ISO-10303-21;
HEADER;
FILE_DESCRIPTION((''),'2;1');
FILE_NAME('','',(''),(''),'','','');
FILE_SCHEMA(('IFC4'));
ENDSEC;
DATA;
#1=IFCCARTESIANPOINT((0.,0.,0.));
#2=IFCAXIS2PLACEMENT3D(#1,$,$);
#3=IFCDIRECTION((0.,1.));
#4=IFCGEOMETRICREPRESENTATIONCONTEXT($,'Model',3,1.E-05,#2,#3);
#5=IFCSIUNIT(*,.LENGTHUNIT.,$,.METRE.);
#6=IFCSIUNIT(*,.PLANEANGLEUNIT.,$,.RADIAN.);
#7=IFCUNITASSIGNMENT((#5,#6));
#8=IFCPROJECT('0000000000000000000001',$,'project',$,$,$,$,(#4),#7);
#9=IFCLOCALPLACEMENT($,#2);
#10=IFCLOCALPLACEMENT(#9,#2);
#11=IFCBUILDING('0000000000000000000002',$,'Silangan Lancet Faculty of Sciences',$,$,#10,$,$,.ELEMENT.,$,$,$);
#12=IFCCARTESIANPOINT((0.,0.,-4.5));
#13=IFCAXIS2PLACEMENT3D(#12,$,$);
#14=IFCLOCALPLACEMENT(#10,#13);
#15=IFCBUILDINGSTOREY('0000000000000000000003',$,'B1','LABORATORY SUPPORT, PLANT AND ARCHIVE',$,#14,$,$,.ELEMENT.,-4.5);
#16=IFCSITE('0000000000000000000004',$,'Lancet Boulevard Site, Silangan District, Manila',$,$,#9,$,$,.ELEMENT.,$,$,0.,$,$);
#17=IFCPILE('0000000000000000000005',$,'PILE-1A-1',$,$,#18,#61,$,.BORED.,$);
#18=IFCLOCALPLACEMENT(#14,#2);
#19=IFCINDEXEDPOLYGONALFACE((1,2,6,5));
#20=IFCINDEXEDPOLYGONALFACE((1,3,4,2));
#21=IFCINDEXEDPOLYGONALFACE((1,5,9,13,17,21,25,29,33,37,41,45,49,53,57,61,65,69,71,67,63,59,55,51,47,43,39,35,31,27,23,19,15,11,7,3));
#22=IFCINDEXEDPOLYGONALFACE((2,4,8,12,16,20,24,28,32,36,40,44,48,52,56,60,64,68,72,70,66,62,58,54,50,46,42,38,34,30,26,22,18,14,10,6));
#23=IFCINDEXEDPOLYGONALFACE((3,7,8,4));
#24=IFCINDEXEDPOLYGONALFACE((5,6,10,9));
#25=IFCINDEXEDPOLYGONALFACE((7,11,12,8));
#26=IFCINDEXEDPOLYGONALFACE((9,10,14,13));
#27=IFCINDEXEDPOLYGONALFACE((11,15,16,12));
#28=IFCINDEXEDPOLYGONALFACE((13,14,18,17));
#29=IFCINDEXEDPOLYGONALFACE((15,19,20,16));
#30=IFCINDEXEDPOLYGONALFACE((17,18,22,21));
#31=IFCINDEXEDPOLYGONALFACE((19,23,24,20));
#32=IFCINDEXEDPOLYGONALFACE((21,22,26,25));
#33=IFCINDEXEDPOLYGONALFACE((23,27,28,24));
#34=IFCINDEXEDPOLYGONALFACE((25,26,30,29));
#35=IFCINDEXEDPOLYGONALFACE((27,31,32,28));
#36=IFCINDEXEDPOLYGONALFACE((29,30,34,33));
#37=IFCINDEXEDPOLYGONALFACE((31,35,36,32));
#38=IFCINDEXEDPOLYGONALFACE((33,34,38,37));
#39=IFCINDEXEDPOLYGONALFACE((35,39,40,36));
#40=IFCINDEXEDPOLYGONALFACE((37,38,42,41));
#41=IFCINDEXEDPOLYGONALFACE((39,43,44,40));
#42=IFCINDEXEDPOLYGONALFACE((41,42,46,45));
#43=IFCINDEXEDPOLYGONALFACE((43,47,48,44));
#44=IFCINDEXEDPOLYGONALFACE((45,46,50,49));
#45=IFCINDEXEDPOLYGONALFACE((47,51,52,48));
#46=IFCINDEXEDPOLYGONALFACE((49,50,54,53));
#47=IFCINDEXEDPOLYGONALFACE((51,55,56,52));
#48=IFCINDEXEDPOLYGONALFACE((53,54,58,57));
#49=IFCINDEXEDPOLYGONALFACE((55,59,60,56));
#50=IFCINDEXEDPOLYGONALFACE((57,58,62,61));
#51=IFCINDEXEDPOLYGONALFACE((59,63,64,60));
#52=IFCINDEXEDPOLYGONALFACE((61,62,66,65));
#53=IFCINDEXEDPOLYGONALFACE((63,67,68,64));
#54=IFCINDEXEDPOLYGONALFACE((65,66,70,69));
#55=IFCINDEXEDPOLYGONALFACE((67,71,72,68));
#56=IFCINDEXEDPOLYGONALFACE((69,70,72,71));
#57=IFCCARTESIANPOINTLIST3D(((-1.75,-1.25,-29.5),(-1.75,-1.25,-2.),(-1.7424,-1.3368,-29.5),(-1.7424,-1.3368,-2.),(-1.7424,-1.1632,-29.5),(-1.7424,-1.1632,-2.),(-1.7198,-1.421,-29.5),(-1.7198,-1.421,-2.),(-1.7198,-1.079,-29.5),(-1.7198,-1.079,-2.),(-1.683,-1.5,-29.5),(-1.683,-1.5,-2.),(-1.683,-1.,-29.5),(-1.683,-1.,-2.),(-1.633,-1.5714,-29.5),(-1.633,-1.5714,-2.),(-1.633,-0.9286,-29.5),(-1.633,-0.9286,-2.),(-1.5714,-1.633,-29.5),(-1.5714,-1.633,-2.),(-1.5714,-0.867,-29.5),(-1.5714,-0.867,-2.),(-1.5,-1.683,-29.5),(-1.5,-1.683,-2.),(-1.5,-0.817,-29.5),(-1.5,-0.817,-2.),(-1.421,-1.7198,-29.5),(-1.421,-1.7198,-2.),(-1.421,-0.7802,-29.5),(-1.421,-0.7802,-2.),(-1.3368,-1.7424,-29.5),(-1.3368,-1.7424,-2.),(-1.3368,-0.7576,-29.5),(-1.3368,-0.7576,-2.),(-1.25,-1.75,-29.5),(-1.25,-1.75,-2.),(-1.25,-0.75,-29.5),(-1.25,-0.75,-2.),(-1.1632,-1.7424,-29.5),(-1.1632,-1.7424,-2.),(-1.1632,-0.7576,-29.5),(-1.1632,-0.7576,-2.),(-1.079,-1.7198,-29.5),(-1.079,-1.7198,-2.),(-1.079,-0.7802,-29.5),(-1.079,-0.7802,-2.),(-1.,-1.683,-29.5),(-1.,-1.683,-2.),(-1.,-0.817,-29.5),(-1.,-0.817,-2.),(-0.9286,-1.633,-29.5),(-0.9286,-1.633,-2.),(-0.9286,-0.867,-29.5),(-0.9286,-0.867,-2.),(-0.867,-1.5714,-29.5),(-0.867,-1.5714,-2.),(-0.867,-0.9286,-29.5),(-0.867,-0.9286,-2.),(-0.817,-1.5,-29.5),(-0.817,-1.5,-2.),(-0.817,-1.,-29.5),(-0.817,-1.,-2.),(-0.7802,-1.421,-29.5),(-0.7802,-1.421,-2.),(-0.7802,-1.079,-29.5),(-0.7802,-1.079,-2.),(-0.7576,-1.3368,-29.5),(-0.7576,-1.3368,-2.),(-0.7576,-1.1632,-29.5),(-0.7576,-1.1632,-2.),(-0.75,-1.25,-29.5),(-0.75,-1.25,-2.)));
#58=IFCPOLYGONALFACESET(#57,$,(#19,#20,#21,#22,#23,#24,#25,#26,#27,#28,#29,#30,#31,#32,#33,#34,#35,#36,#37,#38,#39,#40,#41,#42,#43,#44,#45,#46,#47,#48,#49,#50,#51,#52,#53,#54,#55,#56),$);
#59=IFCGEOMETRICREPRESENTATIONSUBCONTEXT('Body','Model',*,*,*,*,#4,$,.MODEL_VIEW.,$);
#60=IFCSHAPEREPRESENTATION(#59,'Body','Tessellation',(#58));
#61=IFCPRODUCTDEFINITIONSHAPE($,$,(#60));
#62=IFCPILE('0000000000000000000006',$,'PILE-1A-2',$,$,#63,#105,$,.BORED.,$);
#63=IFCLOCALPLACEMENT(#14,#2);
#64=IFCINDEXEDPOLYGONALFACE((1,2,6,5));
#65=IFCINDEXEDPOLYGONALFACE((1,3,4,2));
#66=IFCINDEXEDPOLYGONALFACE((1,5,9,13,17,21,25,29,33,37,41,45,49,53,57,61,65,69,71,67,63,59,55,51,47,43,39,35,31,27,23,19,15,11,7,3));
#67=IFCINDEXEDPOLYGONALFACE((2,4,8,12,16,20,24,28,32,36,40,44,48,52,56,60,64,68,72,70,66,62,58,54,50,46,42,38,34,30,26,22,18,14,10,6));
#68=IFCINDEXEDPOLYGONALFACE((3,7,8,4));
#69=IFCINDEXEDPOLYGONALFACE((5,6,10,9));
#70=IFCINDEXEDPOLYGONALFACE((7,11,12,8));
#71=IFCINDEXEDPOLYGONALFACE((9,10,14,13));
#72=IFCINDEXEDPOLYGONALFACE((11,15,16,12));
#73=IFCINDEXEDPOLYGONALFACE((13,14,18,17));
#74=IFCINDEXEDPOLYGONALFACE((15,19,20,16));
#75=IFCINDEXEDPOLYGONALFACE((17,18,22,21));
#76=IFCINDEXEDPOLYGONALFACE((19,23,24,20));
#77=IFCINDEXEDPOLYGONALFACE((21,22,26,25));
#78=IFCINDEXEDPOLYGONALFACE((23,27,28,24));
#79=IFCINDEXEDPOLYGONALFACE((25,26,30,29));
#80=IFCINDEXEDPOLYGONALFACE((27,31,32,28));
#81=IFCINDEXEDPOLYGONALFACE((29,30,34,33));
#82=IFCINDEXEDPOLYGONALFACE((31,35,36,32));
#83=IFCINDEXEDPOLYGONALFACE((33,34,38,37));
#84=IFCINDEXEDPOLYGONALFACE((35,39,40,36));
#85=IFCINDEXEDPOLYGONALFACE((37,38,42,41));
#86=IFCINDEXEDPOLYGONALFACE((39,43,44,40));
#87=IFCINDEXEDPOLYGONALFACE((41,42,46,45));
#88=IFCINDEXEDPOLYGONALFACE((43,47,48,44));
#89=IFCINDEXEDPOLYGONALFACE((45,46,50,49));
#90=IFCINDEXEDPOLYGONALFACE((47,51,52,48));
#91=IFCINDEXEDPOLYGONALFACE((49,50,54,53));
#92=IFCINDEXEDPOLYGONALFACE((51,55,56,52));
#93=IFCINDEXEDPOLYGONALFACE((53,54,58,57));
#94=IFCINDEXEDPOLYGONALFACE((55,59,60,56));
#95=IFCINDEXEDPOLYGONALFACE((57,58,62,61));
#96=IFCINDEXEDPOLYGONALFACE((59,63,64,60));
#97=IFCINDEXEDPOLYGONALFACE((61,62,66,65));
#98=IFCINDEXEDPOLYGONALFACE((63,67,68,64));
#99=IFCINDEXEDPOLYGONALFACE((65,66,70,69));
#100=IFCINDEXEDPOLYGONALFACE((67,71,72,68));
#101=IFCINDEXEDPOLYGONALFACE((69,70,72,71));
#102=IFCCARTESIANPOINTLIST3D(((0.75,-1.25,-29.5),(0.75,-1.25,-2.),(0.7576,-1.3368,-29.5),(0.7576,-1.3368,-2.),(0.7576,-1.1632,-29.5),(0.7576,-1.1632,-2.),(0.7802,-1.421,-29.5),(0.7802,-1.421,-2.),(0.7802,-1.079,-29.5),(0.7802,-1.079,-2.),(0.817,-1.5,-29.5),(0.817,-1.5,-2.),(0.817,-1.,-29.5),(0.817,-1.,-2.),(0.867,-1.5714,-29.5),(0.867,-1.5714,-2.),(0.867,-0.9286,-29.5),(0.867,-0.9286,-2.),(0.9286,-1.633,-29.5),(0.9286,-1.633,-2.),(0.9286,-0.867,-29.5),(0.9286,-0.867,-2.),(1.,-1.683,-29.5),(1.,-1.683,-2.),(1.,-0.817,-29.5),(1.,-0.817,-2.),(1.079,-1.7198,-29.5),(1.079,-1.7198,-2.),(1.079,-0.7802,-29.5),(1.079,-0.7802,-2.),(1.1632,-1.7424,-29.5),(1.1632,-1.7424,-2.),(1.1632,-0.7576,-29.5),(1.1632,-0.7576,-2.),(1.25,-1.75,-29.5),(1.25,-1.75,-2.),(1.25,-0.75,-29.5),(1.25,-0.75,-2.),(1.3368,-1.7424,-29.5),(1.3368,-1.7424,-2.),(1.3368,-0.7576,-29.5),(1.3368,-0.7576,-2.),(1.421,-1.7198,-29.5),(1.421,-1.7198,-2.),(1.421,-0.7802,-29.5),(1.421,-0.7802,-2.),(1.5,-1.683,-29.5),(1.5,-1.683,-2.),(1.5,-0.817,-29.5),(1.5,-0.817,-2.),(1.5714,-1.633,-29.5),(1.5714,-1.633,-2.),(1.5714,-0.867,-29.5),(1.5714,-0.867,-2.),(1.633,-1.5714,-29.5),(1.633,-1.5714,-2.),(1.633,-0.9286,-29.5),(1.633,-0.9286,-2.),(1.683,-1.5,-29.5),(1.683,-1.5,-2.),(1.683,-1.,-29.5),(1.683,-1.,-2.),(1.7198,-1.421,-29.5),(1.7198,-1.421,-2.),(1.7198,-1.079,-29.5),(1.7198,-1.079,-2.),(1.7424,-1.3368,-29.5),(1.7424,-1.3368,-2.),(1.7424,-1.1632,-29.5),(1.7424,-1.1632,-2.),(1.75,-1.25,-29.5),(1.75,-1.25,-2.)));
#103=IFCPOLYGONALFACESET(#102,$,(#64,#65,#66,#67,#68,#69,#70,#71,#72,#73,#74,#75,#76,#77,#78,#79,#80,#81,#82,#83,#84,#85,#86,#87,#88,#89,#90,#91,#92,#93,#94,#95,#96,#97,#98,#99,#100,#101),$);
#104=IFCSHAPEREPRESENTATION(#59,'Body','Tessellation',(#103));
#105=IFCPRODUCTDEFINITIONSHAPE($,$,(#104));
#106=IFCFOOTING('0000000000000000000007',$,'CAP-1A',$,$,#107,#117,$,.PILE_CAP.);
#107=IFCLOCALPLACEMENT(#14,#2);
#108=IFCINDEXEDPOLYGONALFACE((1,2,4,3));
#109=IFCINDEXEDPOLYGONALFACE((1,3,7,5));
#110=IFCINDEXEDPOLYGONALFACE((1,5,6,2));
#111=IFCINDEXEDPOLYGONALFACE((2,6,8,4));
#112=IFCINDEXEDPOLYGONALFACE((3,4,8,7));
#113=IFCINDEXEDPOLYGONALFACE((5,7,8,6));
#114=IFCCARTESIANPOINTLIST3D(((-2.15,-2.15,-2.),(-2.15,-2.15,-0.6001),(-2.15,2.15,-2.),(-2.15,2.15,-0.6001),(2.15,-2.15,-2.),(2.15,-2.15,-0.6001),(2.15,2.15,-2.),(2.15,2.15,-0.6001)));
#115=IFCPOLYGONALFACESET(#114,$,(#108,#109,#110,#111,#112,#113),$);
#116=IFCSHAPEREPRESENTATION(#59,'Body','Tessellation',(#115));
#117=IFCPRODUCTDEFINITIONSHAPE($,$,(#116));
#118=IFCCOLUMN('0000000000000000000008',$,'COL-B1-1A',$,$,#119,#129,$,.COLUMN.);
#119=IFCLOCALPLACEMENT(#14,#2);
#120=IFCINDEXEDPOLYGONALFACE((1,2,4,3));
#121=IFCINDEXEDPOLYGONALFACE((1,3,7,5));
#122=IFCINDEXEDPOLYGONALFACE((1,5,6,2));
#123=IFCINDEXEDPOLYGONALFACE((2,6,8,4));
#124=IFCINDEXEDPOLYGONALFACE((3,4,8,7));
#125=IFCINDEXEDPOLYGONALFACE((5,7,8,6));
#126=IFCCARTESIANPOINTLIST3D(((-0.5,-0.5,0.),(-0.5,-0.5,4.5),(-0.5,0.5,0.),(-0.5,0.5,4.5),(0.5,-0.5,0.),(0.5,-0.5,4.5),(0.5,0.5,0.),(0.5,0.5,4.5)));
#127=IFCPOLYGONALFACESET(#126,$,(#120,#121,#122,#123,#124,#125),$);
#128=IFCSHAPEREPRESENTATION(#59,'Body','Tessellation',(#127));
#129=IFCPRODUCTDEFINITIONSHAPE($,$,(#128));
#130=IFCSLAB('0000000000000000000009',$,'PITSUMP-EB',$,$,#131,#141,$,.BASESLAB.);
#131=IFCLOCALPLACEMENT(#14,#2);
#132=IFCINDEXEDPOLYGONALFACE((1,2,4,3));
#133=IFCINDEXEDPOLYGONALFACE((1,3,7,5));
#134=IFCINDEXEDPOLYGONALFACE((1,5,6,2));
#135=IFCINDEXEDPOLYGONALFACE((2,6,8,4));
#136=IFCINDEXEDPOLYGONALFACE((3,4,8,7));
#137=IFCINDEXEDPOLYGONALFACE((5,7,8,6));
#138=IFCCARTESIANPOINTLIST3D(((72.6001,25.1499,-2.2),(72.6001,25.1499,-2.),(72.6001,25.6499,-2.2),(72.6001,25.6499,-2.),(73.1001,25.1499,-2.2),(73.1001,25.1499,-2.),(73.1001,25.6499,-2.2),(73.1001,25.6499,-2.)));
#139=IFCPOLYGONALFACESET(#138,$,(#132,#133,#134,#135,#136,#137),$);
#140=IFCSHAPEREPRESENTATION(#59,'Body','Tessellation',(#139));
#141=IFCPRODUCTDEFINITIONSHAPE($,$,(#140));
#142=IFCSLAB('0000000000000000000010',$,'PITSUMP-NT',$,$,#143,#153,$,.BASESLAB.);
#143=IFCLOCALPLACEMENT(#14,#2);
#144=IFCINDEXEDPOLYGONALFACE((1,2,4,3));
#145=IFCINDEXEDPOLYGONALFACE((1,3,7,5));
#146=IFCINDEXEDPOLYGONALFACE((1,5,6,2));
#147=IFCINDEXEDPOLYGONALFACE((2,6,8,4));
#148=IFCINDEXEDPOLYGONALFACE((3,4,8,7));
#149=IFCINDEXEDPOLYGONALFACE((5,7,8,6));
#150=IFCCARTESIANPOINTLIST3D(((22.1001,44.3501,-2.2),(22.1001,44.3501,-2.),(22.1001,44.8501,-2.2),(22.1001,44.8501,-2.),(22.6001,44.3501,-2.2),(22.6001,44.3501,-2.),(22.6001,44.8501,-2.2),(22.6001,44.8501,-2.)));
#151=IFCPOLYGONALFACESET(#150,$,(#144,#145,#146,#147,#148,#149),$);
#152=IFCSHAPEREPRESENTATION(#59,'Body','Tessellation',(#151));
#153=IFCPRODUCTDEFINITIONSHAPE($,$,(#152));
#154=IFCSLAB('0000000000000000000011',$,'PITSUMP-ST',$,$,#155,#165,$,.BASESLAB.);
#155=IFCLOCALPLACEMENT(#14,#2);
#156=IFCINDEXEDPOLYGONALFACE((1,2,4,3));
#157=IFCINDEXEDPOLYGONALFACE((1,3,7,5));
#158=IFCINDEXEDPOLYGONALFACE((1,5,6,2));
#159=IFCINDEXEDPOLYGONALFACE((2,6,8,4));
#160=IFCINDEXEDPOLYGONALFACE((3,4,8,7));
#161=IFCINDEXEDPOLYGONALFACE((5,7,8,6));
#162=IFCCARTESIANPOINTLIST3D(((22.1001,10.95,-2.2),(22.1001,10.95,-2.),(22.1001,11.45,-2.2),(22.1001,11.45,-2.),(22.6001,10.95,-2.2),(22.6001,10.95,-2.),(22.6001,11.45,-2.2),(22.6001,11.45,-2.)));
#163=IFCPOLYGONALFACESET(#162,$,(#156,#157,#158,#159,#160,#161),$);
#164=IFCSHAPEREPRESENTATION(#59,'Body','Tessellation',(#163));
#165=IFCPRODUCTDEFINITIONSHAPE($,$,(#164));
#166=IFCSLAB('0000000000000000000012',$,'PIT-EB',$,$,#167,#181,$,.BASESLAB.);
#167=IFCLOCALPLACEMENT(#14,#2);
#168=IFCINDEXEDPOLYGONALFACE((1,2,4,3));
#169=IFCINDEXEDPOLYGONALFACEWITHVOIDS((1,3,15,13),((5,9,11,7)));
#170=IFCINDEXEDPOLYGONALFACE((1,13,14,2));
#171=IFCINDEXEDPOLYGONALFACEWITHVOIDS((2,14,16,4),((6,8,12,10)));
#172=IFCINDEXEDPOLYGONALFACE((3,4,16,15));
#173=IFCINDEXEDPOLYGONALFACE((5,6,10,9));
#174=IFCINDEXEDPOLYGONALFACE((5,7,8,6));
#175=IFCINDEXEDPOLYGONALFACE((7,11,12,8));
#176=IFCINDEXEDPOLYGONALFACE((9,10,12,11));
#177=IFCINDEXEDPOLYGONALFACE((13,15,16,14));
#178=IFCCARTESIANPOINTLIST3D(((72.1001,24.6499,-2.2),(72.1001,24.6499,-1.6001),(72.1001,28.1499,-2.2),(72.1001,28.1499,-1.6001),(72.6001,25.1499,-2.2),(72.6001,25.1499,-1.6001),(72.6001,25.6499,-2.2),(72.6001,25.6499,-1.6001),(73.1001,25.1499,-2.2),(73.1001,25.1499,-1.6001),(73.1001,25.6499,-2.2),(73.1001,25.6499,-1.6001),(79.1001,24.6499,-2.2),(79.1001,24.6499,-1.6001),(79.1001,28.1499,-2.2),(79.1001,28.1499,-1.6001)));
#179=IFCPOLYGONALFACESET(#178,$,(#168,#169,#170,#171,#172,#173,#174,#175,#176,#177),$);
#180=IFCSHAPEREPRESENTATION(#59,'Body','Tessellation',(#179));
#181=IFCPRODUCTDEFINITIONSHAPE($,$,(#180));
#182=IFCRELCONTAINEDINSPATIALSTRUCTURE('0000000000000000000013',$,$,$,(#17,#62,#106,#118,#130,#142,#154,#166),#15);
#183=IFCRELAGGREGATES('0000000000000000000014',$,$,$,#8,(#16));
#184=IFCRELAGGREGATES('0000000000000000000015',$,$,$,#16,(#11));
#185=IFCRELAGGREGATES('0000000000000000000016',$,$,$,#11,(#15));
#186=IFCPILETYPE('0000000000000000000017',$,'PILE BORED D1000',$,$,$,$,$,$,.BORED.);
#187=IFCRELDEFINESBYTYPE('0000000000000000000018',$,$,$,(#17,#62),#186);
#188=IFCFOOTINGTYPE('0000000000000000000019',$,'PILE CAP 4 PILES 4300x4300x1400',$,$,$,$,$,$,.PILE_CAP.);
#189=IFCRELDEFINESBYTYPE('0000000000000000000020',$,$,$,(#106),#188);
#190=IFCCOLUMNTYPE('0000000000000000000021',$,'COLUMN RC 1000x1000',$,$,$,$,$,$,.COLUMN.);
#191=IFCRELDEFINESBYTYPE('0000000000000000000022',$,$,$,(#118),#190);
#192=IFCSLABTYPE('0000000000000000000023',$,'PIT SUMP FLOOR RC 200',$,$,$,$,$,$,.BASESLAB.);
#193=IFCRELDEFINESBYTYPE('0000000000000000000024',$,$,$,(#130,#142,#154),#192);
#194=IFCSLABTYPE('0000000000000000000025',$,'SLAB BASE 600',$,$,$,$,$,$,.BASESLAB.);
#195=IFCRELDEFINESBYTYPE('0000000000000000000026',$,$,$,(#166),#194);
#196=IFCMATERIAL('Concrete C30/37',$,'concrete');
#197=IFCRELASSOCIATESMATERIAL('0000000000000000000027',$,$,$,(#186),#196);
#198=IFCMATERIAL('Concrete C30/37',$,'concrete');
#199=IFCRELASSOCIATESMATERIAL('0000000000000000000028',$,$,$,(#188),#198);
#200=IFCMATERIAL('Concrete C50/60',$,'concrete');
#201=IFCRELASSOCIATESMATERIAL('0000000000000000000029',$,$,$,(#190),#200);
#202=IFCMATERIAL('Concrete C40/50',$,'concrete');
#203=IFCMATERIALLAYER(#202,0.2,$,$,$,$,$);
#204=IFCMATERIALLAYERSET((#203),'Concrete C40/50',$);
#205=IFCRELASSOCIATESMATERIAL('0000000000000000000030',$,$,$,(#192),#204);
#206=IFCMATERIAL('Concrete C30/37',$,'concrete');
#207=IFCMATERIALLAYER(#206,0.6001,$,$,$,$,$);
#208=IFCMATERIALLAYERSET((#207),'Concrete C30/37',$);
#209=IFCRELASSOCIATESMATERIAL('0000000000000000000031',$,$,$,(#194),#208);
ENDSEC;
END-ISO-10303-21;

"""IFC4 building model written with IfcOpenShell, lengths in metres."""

from ifc_helpers import new_model, si_unit, direction, frame, origin, origin_with_axes, origin_2d, place, context, subcontext, project, spatial, polyline, rectangle, circle, outline, extrude, material, layer, layer_set, material_profile, profile_set, type_object, element, save


model = new_model("IFC4")

# Units and contexts
model_context = context("Model", 3, precision=1e-05, world=origin(), true_north=direction((0.0, 1.0)))
body_context = subcontext(model_context, "Body", "Model", "MODEL_VIEW")
ifc_project = project(units=[si_unit("LENGTHUNIT", "METRE"), si_unit("PLANEANGLEUNIT", "RADIAN")], contexts=[model_context])

# Site, building, storey
site_placement = place(None, origin())
site = spatial("IfcSite", under=ifc_project, at=site_placement, Name="Lancet Boulevard Site, Silangan District, Manila", CompositionType="ELEMENT", RefElevation=0.0)
building_placement = place(site_placement, origin())
building = spatial("IfcBuilding", under=site, at=building_placement, Name="Silangan Lancet Faculty of Sciences", CompositionType="ELEMENT")
storey_placement = place(building_placement, frame((0.0, 0.0, -4.5)))
storey = spatial("IfcBuildingStorey", under=building, at=storey_placement, Name="B1", Description="LABORATORY SUPPORT, PLANT AND ARCHIVE", CompositionType="ELEMENT", Elevation=-4.5)

# Piles
ifc_material_1 = material(Name="Concrete C30/37", Category="concrete")
ifc_material_profile_1 = material_profile(ifc_material_1, circle(Radius=0.5, at=origin_2d()), Name="BORED PILE D1000")
ifc_profile_set_1 = profile_set([ifc_material_profile_1], Name="Concrete C30/37")
pile_type = type_object("IfcPileType", Name="PILE BORED D1000", PredefinedType="BORED", material=ifc_profile_set_1)
for number, where, z_axis, x_axis, name in (
    (1, (-1.25, -1.25, -2.0), (0.0, 0.0, -1.0), (1.0, 0.0, 0.0), "PILE-1A-1"),
    (2, (1.25, -1.25, -2.0), (0.0, 0.0, -1.0), (1.0, 0.0, 0.0), "PILE-1A-2"),
):
    element("IfcPile", number, at=place(storey_placement, frame(where, z_axis=z_axis, x_axis=x_axis)), inside=storey, type_object=pile_type, Name=name, PredefinedType="BORED", context=body_context, shape_type="SweptSolid", body=[
        extrude(circle(Radius=0.5, at=origin_2d()), origin(), (0.0, 0.0, 1.0), 27.5),
    ])

# Footing
ifc_material_2 = material(Name="Concrete C30/37", Category="concrete")
footing_type = type_object("IfcFootingType", Name="PILE CAP 4 PILES 4300x4300x1400", PredefinedType="PILE_CAP", material=ifc_material_2)
footing_placement = place(storey_placement, frame((0.0, 0.0, -2.0), z_axis=(0.0, 0.0, 1.0), x_axis=(1.0, 0.0, 0.0)))
element("IfcFooting", 3, at=footing_placement, inside=storey, type_object=footing_type, Name="CAP-1A", PredefinedType="PILE_CAP", context=body_context, shape_type="SweptSolid", body=[
    extrude(rectangle(XDim=4.3, YDim=4.3, at=origin_2d()), origin(), (0.0, 0.0, 1.0), 1.3999),
])

# Column
ifc_material_3 = material(Name="Concrete C50/60", Category="concrete")
ifc_material_profile_2 = material_profile(ifc_material_3, rectangle(XDim=1.0, YDim=1.0, at=origin_2d()), Name="RC 1000x1000")
ifc_profile_set_2 = profile_set([ifc_material_profile_2], Name="Concrete C50/60")
column_type = type_object("IfcColumnType", Name="COLUMN RC 1000x1000", PredefinedType="COLUMN", material=ifc_profile_set_2)
column_placement = place(storey_placement, origin_with_axes())
element("IfcColumn", 4, at=column_placement, inside=storey, type_object=column_type, Name="COL-B1-1A", PredefinedType="COLUMN", context=body_context, shape_type="SweptSolid", body=[
    extrude(rectangle(XDim=1.0, YDim=1.0, at=origin_2d()), origin(), (0.0, 0.0, 1.0), 4.5),
])

# Slabs
ifc_material_4 = material(Name="Concrete C40/50", Category="concrete")
ifc_layer_1 = layer(ifc_material_4, 0.2)
ifc_layer_set_1 = layer_set([ifc_layer_1], Name="Concrete C40/50")
slab_type_1 = type_object("IfcSlabType", Name="PIT SUMP FLOOR RC 200", PredefinedType="BASESLAB", material=ifc_layer_set_1)
slab_1_placement = place(storey_placement, frame((0.0, 0.0, -2.2)))
element("IfcSlab", 5, at=slab_1_placement, inside=storey, type_object=slab_type_1, Name="PITSUMP-EB", PredefinedType="BASESLAB", context=body_context, shape_type="SweptSolid", body=[
    extrude(outline(polyline([(72.6001, 25.1499), (73.1001, 25.1499), (73.1001, 25.6499), (72.6001, 25.6499), (72.6001, 25.1499)])), origin(), (0.0, 0.0, 1.0), 0.2),
])
slab_2_placement = place(storey_placement, frame((0.0, 0.0, -2.2)))
element("IfcSlab", 6, at=slab_2_placement, inside=storey, type_object=slab_type_1, Name="PITSUMP-NT", PredefinedType="BASESLAB", context=body_context, shape_type="SweptSolid", body=[
    extrude(outline(polyline([(22.1001, 44.3501), (22.6001, 44.3501), (22.6001, 44.8501), (22.1001, 44.8501), (22.1001, 44.3501)])), origin(), (0.0, 0.0, 1.0), 0.2),
])
slab_3_placement = place(storey_placement, frame((0.0, 0.0, -2.2)))
element("IfcSlab", 7, at=slab_3_placement, inside=storey, type_object=slab_type_1, Name="PITSUMP-ST", PredefinedType="BASESLAB", context=body_context, shape_type="SweptSolid", body=[
    extrude(outline(polyline([(22.1001, 10.95), (22.6001, 10.95), (22.6001, 11.45), (22.1001, 11.45), (22.1001, 10.95)])), origin(), (0.0, 0.0, 1.0), 0.2),
])
ifc_material_5 = material(Name="Concrete C30/37", Category="concrete")
ifc_layer_2 = layer(ifc_material_5, 0.6001)
ifc_layer_set_2 = layer_set([ifc_layer_2], Name="Concrete C30/37")
slab_type_2 = type_object("IfcSlabType", Name="SLAB BASE 600", PredefinedType="BASESLAB", material=ifc_layer_set_2)
slab_4_placement = place(storey_placement, frame((0.0, 0.0, -2.2)))
element("IfcSlab", 8, at=slab_4_placement, inside=storey, type_object=slab_type_2, Name="PIT-EB", PredefinedType="BASESLAB", context=body_context, shape_type="SweptSolid", body=[
    extrude(outline(polyline([(72.1001, 24.6499), (79.1001, 24.6499), (79.1001, 28.1499), (72.1001, 28.1499), (72.1001, 24.6499)]), holes=[polyline([(72.6001, 25.1499), (72.6001, 25.6499), (73.1001, 25.6499), (73.1001, 25.1499), (72.6001, 25.1499)])]), origin(), (0.0, 0.0, 1.0), 0.5999),
])

save(model, "model.ifc")
